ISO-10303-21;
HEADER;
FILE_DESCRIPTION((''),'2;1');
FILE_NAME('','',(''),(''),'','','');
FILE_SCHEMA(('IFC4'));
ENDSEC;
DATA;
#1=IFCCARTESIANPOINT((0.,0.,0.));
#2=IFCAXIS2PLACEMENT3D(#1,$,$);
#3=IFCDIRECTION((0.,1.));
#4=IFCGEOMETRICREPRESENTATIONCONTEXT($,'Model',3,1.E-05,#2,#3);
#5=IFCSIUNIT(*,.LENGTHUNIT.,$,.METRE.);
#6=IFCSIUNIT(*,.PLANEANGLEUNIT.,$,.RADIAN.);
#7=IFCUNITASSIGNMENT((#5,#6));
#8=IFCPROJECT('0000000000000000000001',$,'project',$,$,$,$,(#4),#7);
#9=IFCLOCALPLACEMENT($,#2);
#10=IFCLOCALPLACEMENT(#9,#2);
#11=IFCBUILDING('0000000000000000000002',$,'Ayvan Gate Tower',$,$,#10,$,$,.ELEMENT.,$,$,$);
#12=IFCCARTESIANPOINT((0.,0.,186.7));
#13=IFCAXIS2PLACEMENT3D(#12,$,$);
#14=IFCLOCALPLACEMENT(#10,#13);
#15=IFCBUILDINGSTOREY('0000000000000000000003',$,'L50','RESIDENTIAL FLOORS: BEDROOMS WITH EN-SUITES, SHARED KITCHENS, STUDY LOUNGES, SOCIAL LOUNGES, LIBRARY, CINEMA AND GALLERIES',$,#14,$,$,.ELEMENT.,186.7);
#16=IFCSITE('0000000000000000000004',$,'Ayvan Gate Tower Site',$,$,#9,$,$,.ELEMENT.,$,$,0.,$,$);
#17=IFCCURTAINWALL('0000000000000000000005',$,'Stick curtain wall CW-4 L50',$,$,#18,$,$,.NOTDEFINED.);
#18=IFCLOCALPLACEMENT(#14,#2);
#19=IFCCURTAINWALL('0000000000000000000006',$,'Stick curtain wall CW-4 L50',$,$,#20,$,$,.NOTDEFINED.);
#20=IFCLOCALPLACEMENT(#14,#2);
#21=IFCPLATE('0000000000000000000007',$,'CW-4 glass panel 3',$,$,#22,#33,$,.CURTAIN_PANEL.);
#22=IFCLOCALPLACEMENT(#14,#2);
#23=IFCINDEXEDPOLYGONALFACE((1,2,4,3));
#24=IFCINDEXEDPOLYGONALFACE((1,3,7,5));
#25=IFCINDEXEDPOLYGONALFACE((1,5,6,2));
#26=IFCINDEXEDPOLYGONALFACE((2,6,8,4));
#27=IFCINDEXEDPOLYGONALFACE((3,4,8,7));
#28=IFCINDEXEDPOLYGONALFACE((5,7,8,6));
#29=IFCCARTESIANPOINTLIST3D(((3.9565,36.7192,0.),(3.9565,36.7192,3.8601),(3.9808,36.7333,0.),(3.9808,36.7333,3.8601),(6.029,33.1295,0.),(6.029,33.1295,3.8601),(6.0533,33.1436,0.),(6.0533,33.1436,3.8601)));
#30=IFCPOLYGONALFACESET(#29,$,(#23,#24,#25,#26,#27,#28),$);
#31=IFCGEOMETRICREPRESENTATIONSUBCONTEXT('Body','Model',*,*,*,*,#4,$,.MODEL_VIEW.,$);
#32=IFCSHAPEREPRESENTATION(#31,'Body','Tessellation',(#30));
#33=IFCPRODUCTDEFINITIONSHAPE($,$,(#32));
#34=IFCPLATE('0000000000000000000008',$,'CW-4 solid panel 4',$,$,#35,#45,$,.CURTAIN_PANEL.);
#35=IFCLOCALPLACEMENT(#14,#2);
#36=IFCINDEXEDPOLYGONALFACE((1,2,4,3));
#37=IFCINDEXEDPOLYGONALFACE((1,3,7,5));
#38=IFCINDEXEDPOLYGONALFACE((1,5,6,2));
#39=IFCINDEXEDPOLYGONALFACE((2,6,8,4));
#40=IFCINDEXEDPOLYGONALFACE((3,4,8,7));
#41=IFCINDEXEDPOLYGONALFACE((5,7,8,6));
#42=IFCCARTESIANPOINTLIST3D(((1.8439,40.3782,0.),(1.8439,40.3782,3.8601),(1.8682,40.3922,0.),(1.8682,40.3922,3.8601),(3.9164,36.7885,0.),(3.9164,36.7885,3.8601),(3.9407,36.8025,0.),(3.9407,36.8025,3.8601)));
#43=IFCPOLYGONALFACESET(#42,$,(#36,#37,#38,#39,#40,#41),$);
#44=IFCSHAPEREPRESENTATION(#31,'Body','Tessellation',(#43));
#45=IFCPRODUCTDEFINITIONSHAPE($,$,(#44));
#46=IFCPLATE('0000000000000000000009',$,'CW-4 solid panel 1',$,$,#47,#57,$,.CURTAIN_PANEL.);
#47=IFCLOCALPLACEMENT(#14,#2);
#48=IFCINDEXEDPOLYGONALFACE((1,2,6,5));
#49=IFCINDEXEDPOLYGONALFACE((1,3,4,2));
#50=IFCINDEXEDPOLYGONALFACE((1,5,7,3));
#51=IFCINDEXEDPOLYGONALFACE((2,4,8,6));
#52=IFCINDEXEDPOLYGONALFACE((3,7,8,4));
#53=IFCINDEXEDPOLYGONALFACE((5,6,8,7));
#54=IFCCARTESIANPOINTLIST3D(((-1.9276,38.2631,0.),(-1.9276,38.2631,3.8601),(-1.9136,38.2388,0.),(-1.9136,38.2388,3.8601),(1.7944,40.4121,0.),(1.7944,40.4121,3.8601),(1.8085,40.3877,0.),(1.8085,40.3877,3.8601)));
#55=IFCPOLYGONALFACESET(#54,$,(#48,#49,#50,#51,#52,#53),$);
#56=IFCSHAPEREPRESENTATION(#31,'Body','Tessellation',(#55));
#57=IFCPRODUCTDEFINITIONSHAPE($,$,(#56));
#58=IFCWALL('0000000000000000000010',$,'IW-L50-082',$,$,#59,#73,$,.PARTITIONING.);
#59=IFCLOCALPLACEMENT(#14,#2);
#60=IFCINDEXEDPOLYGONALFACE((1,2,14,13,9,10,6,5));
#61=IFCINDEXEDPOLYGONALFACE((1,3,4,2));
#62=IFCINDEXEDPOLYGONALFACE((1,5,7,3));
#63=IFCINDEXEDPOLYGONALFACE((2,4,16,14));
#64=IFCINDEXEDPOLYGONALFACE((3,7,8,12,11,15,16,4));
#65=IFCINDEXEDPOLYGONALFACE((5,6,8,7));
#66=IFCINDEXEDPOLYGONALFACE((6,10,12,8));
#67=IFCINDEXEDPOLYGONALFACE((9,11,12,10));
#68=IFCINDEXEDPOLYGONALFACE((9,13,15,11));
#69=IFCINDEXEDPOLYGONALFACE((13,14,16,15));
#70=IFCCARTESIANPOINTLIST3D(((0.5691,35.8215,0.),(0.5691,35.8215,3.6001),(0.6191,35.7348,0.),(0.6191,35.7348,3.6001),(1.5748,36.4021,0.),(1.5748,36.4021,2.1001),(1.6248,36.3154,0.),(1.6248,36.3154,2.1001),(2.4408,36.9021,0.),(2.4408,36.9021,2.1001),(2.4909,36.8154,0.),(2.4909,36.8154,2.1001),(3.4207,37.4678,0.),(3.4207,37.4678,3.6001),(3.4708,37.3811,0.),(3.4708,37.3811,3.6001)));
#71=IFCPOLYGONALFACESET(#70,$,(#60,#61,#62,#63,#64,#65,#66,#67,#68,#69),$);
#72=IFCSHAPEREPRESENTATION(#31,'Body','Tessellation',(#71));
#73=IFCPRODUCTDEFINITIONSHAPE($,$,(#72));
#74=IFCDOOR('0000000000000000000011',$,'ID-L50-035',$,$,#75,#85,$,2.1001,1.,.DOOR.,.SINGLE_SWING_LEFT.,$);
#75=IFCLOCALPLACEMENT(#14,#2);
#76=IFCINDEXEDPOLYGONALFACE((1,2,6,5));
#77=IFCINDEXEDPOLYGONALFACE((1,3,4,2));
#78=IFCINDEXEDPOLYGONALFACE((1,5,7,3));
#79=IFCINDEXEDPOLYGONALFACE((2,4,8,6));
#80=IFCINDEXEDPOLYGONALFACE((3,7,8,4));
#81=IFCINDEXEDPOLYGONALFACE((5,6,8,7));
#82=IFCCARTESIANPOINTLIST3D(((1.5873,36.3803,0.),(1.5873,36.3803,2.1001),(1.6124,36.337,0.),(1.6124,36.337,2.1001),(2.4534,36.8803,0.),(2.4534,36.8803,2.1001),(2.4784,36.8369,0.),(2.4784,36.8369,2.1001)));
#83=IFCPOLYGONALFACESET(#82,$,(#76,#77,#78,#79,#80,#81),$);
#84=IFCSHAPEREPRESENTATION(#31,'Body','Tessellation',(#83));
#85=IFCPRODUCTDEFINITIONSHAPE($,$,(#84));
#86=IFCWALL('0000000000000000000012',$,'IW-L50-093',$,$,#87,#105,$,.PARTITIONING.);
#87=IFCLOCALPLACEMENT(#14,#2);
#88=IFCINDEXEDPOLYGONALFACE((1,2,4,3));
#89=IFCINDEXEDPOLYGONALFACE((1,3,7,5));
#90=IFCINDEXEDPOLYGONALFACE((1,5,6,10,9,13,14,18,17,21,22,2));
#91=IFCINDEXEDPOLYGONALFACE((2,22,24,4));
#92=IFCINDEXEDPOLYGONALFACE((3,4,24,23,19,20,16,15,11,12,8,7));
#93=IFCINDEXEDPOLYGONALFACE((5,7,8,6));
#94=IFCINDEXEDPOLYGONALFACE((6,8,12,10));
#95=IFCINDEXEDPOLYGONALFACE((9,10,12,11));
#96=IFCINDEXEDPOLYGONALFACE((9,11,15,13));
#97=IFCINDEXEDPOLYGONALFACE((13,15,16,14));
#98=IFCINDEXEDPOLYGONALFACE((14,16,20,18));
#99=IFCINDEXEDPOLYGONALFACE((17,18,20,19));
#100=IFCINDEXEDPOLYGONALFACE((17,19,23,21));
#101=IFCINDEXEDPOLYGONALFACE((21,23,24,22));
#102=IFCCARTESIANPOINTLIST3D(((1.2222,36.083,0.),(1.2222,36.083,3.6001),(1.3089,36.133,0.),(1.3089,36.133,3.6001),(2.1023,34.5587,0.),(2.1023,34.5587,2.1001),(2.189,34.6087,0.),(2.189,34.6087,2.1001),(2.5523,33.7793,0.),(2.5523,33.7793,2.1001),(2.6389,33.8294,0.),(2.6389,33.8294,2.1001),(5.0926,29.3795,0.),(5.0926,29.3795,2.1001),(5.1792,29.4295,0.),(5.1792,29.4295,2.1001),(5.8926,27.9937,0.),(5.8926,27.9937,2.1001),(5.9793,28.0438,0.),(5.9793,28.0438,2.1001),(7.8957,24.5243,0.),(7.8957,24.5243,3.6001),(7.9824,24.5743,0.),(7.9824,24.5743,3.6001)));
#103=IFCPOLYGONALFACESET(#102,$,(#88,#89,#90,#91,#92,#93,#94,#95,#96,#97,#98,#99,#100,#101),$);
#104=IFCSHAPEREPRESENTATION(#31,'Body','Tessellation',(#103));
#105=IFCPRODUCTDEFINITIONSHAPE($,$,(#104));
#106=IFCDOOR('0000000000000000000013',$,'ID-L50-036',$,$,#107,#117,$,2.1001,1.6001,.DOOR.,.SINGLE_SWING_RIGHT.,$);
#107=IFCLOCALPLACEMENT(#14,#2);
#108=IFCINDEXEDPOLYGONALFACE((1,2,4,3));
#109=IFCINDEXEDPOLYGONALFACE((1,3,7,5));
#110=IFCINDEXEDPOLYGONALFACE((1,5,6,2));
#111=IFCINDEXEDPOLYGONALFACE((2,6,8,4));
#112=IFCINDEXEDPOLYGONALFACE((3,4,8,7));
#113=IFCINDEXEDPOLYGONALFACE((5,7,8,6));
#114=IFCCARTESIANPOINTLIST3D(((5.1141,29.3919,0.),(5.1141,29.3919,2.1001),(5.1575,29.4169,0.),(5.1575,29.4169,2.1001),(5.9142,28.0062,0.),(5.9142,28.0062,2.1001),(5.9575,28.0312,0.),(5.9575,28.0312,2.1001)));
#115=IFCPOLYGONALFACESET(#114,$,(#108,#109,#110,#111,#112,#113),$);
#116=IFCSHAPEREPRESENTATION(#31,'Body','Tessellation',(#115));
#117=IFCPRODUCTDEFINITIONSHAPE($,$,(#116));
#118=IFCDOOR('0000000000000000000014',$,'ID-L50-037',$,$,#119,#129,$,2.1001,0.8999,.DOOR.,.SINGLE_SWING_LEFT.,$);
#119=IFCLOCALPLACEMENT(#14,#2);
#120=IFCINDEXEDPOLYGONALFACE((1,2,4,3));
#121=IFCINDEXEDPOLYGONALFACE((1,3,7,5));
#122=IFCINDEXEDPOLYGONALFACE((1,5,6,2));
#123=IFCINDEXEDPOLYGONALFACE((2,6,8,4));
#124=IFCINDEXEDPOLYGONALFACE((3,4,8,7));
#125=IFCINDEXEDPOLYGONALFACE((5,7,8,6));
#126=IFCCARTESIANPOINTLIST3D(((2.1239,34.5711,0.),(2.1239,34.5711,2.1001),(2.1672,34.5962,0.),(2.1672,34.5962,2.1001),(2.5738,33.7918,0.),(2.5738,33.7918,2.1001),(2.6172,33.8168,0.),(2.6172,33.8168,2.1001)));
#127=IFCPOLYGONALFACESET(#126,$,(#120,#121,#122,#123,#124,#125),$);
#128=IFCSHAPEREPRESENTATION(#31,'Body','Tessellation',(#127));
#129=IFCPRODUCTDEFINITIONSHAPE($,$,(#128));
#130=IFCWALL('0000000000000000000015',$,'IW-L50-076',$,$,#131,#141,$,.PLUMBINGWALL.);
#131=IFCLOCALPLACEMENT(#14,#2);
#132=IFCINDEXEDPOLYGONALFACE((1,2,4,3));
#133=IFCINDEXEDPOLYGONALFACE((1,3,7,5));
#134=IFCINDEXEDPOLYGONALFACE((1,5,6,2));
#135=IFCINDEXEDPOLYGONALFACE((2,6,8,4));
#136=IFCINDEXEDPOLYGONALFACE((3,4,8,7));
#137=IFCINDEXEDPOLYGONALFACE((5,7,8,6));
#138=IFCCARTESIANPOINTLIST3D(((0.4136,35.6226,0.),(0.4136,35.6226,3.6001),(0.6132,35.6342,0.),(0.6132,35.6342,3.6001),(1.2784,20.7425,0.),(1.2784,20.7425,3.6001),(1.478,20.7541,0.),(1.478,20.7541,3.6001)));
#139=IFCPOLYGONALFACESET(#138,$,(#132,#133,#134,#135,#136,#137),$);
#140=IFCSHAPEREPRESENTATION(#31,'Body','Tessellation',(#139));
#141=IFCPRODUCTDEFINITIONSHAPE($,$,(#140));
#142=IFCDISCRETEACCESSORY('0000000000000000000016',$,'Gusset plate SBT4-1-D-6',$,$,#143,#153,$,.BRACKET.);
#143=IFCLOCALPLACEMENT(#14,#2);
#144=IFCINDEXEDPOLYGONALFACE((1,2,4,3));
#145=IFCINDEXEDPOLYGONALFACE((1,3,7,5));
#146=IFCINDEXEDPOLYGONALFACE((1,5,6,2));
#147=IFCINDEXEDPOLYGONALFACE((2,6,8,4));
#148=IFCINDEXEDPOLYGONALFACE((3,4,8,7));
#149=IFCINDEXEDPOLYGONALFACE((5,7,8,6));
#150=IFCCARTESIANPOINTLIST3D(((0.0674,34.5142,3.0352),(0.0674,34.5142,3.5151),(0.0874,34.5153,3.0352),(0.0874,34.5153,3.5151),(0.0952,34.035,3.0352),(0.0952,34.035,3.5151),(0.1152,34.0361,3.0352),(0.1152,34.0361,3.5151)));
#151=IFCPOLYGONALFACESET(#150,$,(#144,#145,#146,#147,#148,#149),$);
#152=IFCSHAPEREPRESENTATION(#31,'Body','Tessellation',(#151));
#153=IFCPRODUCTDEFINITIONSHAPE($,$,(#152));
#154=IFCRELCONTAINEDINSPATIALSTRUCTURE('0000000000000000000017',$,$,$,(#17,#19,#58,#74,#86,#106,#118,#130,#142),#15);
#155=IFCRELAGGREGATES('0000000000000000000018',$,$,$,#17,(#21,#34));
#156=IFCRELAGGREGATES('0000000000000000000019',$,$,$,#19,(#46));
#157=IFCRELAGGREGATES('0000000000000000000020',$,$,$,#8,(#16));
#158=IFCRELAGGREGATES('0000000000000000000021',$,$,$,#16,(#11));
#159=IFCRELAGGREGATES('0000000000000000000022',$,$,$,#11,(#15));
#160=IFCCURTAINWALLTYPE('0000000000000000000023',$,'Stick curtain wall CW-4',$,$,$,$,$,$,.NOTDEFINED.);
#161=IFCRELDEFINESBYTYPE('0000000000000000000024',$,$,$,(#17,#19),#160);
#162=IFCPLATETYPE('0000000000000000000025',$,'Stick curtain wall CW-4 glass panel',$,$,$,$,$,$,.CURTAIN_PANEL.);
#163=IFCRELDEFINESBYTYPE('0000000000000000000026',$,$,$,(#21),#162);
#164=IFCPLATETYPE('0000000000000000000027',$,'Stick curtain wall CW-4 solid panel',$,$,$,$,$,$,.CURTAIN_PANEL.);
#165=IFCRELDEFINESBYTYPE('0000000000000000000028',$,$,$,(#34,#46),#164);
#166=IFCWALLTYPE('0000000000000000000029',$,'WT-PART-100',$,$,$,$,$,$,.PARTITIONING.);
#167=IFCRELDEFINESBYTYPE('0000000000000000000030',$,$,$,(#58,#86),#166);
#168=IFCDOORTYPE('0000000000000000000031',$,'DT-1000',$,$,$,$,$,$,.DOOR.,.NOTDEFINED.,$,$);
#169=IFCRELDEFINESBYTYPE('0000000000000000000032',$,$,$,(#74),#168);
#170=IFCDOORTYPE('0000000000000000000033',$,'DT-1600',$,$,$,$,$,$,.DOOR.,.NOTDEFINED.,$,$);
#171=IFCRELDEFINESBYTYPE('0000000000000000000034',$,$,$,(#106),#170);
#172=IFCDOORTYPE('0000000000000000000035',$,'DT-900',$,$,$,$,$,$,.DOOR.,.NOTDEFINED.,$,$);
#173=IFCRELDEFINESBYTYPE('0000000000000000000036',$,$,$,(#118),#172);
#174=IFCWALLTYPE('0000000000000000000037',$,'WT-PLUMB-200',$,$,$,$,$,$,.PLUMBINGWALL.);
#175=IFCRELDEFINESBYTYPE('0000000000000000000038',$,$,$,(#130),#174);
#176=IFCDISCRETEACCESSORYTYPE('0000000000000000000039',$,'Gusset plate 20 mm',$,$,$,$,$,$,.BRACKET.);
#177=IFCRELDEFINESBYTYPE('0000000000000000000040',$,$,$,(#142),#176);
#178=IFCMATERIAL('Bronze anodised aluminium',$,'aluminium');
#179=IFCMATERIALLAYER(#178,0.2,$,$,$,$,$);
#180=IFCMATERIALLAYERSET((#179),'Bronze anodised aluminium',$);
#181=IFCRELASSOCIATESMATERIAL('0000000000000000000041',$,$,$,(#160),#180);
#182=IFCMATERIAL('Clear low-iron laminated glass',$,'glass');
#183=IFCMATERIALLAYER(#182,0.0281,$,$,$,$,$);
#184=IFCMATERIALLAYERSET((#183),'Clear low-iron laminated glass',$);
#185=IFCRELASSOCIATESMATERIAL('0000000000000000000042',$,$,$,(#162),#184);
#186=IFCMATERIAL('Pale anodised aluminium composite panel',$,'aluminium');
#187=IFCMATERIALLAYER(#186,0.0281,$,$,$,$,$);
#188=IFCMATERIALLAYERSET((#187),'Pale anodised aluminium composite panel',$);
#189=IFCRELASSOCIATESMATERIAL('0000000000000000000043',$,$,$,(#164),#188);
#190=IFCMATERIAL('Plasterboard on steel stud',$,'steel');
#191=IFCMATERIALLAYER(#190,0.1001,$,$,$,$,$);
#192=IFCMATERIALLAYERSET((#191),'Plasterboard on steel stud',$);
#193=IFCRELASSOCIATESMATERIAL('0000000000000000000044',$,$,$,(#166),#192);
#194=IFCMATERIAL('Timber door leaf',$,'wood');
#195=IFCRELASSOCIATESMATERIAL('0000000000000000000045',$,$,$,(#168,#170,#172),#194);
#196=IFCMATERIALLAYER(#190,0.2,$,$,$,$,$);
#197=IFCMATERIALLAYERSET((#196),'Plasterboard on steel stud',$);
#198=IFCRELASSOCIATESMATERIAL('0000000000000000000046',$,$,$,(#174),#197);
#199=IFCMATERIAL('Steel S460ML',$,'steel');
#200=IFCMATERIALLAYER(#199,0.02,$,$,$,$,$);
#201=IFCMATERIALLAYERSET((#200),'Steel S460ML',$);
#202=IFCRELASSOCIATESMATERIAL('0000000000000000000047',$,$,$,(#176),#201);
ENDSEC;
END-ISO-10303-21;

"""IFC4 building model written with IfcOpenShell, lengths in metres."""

from ifc_helpers import new_model, si_unit, direction, frame, frame_2d, origin, origin_2d, place, context, subcontext, project, spatial, rectangle, extrude, material, layer, layer_set, type_object, element, fill, aggregate, save


model = new_model("IFC4")

# Units and contexts
model_context = context("Model", 3, precision=1e-05, world=origin(), true_north=direction((0.0, 1.0)))
body_context = subcontext(model_context, "Body", "Model", "MODEL_VIEW")
ifc_project = project(units=[si_unit("LENGTHUNIT", "METRE"), si_unit("PLANEANGLEUNIT", "RADIAN")], contexts=[model_context])

# Site, building, storey
site_placement = place(None, origin())
site = spatial("IfcSite", under=ifc_project, at=site_placement, Name="Ayvan Gate Tower Site", CompositionType="ELEMENT", RefElevation=0.0)
building_placement = place(site_placement, origin())
building = spatial("IfcBuilding", under=site, at=building_placement, Name="Ayvan Gate Tower", CompositionType="ELEMENT")
storey_placement = place(building_placement, frame((0.0, 0.0, 186.7)))
storey = spatial("IfcBuildingStorey", under=building, at=storey_placement, Name="L50", Description="RESIDENTIAL FLOORS: BEDROOMS WITH EN-SUITES, SHARED KITCHENS, STUDY LOUNGES, SOCIAL LOUNGES, LIBRARY, CINEMA AND GALLERIES", CompositionType="ELEMENT", Elevation=186.7)

# Shared definitions
ifc_material_1 = material(Name="Steel S460ML", Category="steel")

# Curtain walls
ifc_material_2 = material(Name="Bronze anodised aluminium", Category="aluminium")
ifc_layer_1 = layer(ifc_material_2, 0.2)
ifc_layer_set_1 = layer_set([ifc_layer_1], Name="Bronze anodised aluminium")
curtain_wall_type = type_object("IfcCurtainWallType", Name="Stick curtain wall CW-4", PredefinedType="NOTDEFINED", material=ifc_layer_set_1)
curtain_wall_1_placement = place(storey_placement, origin())
curtain_wall_1 = element("IfcCurtainWall", 1, at=curtain_wall_1_placement, inside=storey, type_object=curtain_wall_type, Name="Stick curtain wall CW-4 L50", PredefinedType="NOTDEFINED")
curtain_wall_2_placement = place(storey_placement, origin())
curtain_wall_2 = element("IfcCurtainWall", 2, at=curtain_wall_2_placement, inside=storey, type_object=curtain_wall_type, Name="Stick curtain wall CW-4 L50", PredefinedType="NOTDEFINED")

# Plates
ifc_material_3 = material(Name="Clear low-iron laminated glass", Category="glass")
ifc_layer_2 = layer(ifc_material_3, 0.0281)
ifc_layer_set_2 = layer_set([ifc_layer_2], Name="Clear low-iron laminated glass")
plate_type_1 = type_object("IfcPlateType", Name="Stick curtain wall CW-4 glass panel", PredefinedType="CURTAIN_PANEL", material=ifc_layer_set_2)
plate_1_placement = place(storey_placement, frame((5.0049, 34.9314, 0.0), z_axis=(0.0, 0.0, 1.0), x_axis=(-0.5, 0.866025, 0.0)))
plate_1 = element("IfcPlate", 3, at=plate_1_placement, type_object=plate_type_1, Name="CW-4 glass panel 3", PredefinedType="CURTAIN_PANEL", context=body_context, shape_type="SweptSolid", body=[
    extrude(rectangle(XDim=4.145, YDim=0.0281, at=origin_2d()), origin(), (0.0, 0.0, 1.0), 3.8601),
])
ifc_material_4 = material(Name="Pale anodised aluminium composite panel", Category="aluminium")
ifc_layer_3 = layer(ifc_material_4, 0.0281)
ifc_layer_set_3 = layer_set([ifc_layer_3], Name="Pale anodised aluminium composite panel")
plate_type_2 = type_object("IfcPlateType", Name="Stick curtain wall CW-4 solid panel", PredefinedType="CURTAIN_PANEL", material=ifc_layer_set_3)
plate_2_placement = place(storey_placement, frame((2.8923, 38.5903, 0.0), z_axis=(0.0, 0.0, 1.0), x_axis=(-0.5, 0.866025, 0.0)))
plate_2 = element("IfcPlate", 4, at=plate_2_placement, type_object=plate_type_2, Name="CW-4 solid panel 4", PredefinedType="CURTAIN_PANEL", context=body_context, shape_type="SweptSolid", body=[
    extrude(rectangle(XDim=4.145, YDim=0.0281, at=origin_2d()), origin(), (0.0, 0.0, 1.0), 3.8601),
])
aggregate(curtain_wall_1, [plate_1, plate_2])
plate_3_placement = place(storey_placement, frame((-0.0596, 39.3254, 0.0), z_axis=(0.0, 0.0, 1.0), x_axis=(-0.866025, -0.5, 0.0)))
plate_3 = element("IfcPlate", 5, at=plate_3_placement, type_object=plate_type_2, Name="CW-4 solid panel 1", PredefinedType="CURTAIN_PANEL", context=body_context, shape_type="SweptSolid", body=[
    extrude(rectangle(XDim=4.2979, YDim=0.0281, at=origin_2d()), origin(), (0.0, 0.0, 1.0), 3.8601),
])
aggregate(curtain_wall_2, [plate_3])

# Wall, opening, door
ifc_material_5 = material(Name="Plasterboard on steel stud", Category="steel")
ifc_layer_4 = layer(ifc_material_5, 0.1001)
ifc_layer_set_4 = layer_set([ifc_layer_4], Name="Plasterboard on steel stud")
wall_type_1 = type_object("IfcWallType", Name="WT-PART-100", PredefinedType="PARTITIONING", material=ifc_layer_set_4)
wall_1_placement = place(storey_placement, frame((0.594, 35.7781, 0.0), z_axis=(0.0, 0.0, 1.0), x_axis=(0.86604, 0.499975, 0.0)))
wall_1 = element("IfcWall", 6, at=wall_1_placement, inside=storey, type_object=wall_type_1, Name="IW-L50-082", PredefinedType="PARTITIONING", context=body_context, shape_type="SweptSolid", body=[
    extrude(rectangle(XDim=3.2927, YDim=0.1001, at=frame_2d((1.6465, 0.0))), origin(), (0.0, 0.0, 1.0), 3.6001),
])
opening_1_placement = place(wall_1_placement, frame((1.1614, 0.0, 0.0)))
opening_1 = element("IfcOpeningElement", 7, at=opening_1_placement, cuts=wall_1, PredefinedType="OPENING", context=body_context, shape_type="SweptSolid", body=[
    extrude(rectangle(XDim=1.0, YDim=2.1001, at=frame_2d((0.5, 1.05))), frame((0.0, 0.0601, 0.0), z_axis=(0.0, -1.0, 0.0), x_axis=(1.0, 0.0, 0.0)), (0.0, 0.0, 1.0), 0.1201),
])
ifc_material_6 = material(Name="Timber door leaf", Category="wood")
door_type_1 = type_object("IfcDoorType", Name="DT-1000", OperationType="NOTDEFINED", PredefinedType="DOOR", material=ifc_material_6)
door_1_placement = place(opening_1_placement, origin())
door_1 = element("IfcDoor", 8, at=door_1_placement, inside=storey, type_object=door_type_1, Name="ID-L50-035", OperationType="SINGLE_SWING_LEFT", OverallHeight=2.1001, OverallWidth=1.0, PredefinedType="DOOR", context=body_context, shape_type="SweptSolid", body=[
    extrude(rectangle(XDim=1.0, YDim=2.1001, at=frame_2d((0.5, 1.05))), frame((0.0, 0.0249, 0.0), z_axis=(0.0, -1.0, 0.0), x_axis=(1.0, 0.0, 0.0)), (0.0, 0.0, 1.0), 0.05),
])
fill(opening_1, door_1)

# Wall, openings, doors
wall_2_placement = place(storey_placement, frame((1.2656, 36.1079, 0.0), z_axis=(0.0, 0.0, 1.0), x_axis=(0.500005, -0.866023, 0.0)))
wall_2 = element("IfcWall", 9, at=wall_2_placement, inside=storey, type_object=wall_type_1, Name="IW-L50-093", PredefinedType="PARTITIONING", context=body_context, shape_type="SweptSolid", body=[
    extrude(rectangle(XDim=13.3469, YDim=0.1001, at=frame_2d((6.6733, 0.0))), origin(), (0.0, 0.0, 1.0), 3.6001),
])
opening_2_placement = place(wall_2_placement, frame((7.7405, 0.0, 0.0)))
opening_2 = element("IfcOpeningElement", 10, at=opening_2_placement, cuts=wall_2, PredefinedType="OPENING", context=body_context, shape_type="SweptSolid", body=[
    extrude(rectangle(XDim=1.6001, YDim=2.1001, at=frame_2d((0.8, 1.05))), frame((0.0, 0.0601, 0.0), z_axis=(0.0, -1.0, 0.0), x_axis=(1.0, 0.0, 0.0)), (0.0, 0.0, 1.0), 0.1201),
])
opening_3_placement = place(wall_2_placement, frame((1.76, 0.0, 0.0)))
opening_3 = element("IfcOpeningElement", 11, at=opening_3_placement, cuts=wall_2, PredefinedType="OPENING", context=body_context, shape_type="SweptSolid", body=[
    extrude(rectangle(XDim=0.8999, YDim=2.1001, at=frame_2d((0.45, 1.05))), frame((0.0, 0.0601, 0.0), z_axis=(0.0, -1.0, 0.0), x_axis=(1.0, 0.0, 0.0)), (0.0, 0.0, 1.0), 0.1201),
])
door_type_2 = type_object("IfcDoorType", Name="DT-1600", OperationType="NOTDEFINED", PredefinedType="DOOR", material=ifc_material_6)
door_2_placement = place(opening_2_placement, origin())
door_2 = element("IfcDoor", 12, at=door_2_placement, inside=storey, type_object=door_type_2, Name="ID-L50-036", OperationType="SINGLE_SWING_RIGHT", OverallHeight=2.1001, OverallWidth=1.6001, PredefinedType="DOOR", context=body_context, shape_type="SweptSolid", body=[
    extrude(rectangle(XDim=1.6001, YDim=2.1001, at=frame_2d((0.8, 1.05))), frame((0.0, 0.0249, 0.0), z_axis=(0.0, -1.0, 0.0), x_axis=(1.0, 0.0, 0.0)), (0.0, 0.0, 1.0), 0.05),
])
fill(opening_2, door_2)
door_type_3 = type_object("IfcDoorType", Name="DT-900", OperationType="NOTDEFINED", PredefinedType="DOOR", material=ifc_material_6)
door_3_placement = place(opening_3_placement, origin())
door_3 = element("IfcDoor", 13, at=door_3_placement, inside=storey, type_object=door_type_3, Name="ID-L50-037", OperationType="SINGLE_SWING_LEFT", OverallHeight=2.1001, OverallWidth=0.8999, PredefinedType="DOOR", context=body_context, shape_type="SweptSolid", body=[
    extrude(rectangle(XDim=0.8999, YDim=2.1001, at=frame_2d((0.45, 1.05))), frame((0.0, 0.0249, 0.0), z_axis=(0.0, -1.0, 0.0), x_axis=(1.0, 0.0, 0.0)), (0.0, 0.0, 1.0), 0.05),
])
fill(opening_3, door_3)

# Wall
ifc_layer_5 = layer(ifc_material_5, 0.2)
ifc_layer_set_5 = layer_set([ifc_layer_5], Name="Plasterboard on steel stud")
wall_type_2 = type_object("IfcWallType", Name="WT-PLUMB-200", PredefinedType="PLUMBINGWALL", material=ifc_layer_set_5)
wall_3_placement = place(storey_placement, frame((0.5134, 35.6284, 0.0), z_axis=(0.0, 0.0, 1.0), x_axis=(0.058016, -0.998316, 0.0)))
element("IfcWall", 14, at=wall_3_placement, inside=storey, type_object=wall_type_2, Name="IW-L50-076", PredefinedType="PLUMBINGWALL", context=body_context, shape_type="SweptSolid", body=[
    extrude(rectangle(XDim=14.9053, YDim=0.2, at=frame_2d((7.4526, 0.0))), origin(), (0.0, 0.0, 1.0), 3.6001),
])

# Discrete accessory
ifc_layer_6 = layer(ifc_material_1, 0.02)
ifc_layer_set_6 = layer_set([ifc_layer_6], Name="Steel S460ML")
discrete_accessory_type = type_object("IfcDiscreteAccessoryType", Name="Gusset plate 20 mm", PredefinedType="BRACKET", material=ifc_layer_set_6)
discrete_accessory_placement = place(storey_placement, frame((0.0913, 34.2751, 3.0352), z_axis=(0.0, 0.0, 1.0), x_axis=(-0.058021, 0.998315, 0.0)))
element("IfcDiscreteAccessory", 15, at=discrete_accessory_placement, inside=storey, type_object=discrete_accessory_type, Name="Gusset plate SBT4-1-D-6", PredefinedType="BRACKET", context=body_context, shape_type="SweptSolid", body=[
    extrude(rectangle(XDim=0.48, YDim=0.02, at=origin_2d()), origin(), (0.0, 0.0, 1.0), 0.48),
])

save(model, "model.ifc")
